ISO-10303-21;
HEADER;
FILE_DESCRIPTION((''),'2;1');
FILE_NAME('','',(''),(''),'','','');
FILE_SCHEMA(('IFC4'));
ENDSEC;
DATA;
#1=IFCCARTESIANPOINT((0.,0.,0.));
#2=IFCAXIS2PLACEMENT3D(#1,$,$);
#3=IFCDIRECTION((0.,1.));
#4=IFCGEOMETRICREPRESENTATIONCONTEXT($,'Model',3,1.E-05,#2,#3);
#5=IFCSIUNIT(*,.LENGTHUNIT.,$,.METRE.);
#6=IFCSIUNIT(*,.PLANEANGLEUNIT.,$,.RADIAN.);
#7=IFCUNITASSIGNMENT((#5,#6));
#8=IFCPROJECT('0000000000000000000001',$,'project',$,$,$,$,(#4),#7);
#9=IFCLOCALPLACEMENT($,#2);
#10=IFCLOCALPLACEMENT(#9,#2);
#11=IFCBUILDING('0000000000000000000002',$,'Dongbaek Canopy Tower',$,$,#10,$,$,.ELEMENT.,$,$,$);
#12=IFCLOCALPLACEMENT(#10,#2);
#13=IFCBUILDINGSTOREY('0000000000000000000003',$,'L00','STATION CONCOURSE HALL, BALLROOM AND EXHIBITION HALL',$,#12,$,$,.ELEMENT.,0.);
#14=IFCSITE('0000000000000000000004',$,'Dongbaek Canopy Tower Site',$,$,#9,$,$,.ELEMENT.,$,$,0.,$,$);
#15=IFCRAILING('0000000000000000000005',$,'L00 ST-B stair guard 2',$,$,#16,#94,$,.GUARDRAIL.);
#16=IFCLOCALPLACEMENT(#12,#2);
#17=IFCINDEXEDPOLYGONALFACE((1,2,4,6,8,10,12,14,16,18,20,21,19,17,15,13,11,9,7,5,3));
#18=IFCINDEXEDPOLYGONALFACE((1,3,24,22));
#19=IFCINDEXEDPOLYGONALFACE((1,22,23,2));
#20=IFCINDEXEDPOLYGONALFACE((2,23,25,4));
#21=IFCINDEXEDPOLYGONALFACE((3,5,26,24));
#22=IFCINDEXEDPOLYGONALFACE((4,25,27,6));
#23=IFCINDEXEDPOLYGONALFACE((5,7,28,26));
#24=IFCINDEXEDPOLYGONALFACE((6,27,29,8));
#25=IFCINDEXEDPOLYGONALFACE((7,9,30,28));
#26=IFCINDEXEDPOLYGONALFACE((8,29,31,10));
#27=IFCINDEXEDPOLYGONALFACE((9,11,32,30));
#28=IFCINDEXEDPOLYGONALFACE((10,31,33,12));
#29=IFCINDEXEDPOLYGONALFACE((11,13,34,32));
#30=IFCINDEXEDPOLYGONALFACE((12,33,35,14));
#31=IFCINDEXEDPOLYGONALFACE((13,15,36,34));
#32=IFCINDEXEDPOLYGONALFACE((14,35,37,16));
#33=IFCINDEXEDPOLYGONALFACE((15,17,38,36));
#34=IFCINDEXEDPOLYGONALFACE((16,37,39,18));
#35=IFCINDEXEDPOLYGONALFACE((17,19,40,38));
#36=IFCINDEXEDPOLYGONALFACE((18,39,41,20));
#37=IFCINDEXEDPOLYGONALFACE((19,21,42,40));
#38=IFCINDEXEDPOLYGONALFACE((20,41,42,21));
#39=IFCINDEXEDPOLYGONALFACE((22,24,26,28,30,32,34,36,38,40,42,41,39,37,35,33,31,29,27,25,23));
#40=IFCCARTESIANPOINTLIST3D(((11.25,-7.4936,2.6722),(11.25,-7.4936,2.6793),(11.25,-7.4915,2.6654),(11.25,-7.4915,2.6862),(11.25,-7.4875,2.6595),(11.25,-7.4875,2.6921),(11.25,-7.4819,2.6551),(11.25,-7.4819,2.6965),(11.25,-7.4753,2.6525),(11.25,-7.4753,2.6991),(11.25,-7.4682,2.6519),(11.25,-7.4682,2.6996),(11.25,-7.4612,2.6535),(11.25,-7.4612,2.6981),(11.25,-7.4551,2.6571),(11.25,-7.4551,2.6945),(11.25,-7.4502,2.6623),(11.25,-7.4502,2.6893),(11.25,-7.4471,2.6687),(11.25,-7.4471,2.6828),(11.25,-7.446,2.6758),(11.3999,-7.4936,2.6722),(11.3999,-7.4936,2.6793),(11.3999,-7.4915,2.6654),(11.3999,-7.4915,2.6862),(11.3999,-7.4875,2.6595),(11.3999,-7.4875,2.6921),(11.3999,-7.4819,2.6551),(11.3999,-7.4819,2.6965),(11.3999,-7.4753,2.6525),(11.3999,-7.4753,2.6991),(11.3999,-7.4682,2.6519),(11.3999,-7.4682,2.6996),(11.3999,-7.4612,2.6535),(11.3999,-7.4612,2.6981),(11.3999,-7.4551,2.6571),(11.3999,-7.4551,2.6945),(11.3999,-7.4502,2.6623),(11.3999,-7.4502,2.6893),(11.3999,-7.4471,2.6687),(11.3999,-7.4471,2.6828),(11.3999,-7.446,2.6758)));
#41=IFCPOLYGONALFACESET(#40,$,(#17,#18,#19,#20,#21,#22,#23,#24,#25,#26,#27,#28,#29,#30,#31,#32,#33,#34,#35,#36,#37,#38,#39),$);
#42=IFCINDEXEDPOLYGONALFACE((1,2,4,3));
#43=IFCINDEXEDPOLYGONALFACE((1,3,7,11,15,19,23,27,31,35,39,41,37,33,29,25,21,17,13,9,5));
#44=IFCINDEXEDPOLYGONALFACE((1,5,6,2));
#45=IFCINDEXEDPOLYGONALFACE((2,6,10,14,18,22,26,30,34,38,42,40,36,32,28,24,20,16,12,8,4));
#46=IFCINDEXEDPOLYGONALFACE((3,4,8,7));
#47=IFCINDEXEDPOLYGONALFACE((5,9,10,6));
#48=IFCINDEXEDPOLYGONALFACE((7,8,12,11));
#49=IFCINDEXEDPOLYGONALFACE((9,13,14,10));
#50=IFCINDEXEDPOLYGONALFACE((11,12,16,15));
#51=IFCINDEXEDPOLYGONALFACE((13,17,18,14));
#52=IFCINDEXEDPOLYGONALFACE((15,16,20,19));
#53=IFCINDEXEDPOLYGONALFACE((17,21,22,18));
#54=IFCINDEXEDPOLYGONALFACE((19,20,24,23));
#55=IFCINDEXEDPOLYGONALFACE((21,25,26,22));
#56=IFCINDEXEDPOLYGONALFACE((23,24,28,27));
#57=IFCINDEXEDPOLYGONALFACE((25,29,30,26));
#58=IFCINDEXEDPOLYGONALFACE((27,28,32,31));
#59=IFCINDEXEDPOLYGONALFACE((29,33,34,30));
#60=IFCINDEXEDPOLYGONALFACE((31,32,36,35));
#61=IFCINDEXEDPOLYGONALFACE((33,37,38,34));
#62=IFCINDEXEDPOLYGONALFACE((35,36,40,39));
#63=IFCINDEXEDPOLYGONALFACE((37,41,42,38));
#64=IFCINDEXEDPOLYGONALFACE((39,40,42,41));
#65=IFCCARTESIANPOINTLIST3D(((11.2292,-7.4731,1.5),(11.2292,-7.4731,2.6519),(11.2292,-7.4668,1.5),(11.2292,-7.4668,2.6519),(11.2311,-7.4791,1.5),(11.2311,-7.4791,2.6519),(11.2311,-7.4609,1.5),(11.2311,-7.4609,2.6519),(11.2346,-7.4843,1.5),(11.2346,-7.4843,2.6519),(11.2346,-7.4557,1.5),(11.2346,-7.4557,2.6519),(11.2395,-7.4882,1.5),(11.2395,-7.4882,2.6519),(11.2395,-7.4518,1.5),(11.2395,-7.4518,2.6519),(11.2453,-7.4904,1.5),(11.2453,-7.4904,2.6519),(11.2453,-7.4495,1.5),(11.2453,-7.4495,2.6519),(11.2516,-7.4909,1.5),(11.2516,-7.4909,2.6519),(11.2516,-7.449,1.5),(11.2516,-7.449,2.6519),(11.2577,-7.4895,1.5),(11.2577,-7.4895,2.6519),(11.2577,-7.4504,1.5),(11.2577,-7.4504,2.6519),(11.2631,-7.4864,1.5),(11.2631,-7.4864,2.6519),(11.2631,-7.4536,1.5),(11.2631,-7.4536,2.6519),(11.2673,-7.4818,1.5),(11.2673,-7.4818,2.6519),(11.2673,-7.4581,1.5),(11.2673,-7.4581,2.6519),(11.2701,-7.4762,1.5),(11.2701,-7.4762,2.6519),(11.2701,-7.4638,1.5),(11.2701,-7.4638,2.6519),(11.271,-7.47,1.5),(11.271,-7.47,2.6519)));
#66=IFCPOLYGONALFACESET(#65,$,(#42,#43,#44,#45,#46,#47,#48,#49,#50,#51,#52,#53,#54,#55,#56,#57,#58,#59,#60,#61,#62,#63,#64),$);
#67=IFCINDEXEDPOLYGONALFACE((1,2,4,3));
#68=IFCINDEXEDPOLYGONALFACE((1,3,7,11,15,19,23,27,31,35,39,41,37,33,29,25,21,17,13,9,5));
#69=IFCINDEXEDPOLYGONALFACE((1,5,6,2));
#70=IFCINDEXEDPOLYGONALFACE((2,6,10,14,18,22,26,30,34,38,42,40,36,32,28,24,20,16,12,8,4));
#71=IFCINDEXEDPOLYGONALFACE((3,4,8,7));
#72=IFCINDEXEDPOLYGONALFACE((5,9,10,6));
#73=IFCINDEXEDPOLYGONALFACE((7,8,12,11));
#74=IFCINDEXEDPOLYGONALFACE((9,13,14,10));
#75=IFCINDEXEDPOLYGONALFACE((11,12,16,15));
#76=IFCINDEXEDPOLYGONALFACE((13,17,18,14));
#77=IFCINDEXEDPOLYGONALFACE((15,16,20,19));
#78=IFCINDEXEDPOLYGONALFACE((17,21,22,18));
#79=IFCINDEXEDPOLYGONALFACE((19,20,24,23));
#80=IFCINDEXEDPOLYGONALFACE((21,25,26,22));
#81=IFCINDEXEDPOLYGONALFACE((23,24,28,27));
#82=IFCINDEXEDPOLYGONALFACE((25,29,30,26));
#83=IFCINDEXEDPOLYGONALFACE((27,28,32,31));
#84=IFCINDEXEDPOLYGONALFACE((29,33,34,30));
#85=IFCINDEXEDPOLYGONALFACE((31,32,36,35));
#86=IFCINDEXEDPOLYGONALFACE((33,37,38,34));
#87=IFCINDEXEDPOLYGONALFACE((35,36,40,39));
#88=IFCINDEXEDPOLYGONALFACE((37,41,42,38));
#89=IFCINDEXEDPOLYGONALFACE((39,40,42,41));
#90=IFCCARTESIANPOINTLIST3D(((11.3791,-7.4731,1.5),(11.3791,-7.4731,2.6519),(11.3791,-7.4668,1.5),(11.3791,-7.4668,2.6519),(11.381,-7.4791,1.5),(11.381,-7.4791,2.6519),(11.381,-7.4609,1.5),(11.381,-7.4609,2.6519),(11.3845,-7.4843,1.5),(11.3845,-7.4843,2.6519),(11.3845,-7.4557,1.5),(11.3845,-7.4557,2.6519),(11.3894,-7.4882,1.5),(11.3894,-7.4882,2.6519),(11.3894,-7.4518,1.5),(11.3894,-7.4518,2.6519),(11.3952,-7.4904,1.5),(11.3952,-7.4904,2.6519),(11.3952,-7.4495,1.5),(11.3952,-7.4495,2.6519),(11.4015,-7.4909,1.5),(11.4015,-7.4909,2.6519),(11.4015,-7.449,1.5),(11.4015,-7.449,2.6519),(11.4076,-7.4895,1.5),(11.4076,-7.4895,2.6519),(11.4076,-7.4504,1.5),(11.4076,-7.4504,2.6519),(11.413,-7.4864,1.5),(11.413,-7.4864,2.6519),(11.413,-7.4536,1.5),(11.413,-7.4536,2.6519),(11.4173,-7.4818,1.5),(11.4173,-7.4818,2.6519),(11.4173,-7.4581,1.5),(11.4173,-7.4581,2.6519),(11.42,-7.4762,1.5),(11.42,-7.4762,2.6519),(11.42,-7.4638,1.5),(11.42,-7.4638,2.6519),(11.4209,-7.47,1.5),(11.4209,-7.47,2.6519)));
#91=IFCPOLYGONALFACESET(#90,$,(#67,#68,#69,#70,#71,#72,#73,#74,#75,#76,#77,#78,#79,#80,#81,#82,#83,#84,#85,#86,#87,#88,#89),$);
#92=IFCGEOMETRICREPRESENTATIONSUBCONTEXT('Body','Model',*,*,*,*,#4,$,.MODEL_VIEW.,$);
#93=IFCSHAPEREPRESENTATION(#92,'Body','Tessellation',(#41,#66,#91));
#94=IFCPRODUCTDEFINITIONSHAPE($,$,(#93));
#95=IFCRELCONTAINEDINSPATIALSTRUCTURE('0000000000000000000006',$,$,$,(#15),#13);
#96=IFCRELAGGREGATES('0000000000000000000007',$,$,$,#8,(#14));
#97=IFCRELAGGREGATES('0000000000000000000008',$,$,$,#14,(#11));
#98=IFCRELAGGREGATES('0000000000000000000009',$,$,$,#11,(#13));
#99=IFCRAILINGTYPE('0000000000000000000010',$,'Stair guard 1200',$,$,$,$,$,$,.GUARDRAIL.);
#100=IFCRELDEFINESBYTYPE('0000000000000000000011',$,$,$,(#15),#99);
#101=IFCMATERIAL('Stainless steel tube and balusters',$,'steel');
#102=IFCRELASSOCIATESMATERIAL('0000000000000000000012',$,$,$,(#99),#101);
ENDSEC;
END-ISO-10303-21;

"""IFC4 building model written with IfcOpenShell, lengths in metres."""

from ifc_helpers import new_model, si_unit, direction, frame, origin, origin_2d, place, context, subcontext, project, spatial, circle, extrude, material, type_object, element, save


model = new_model("IFC4")

# Units and contexts
model_context = context("Model", 3, precision=1e-05, world=origin(), true_north=direction((0.0, 1.0)))
body_context = subcontext(model_context, "Body", "Model", "MODEL_VIEW")
ifc_project = project(units=[si_unit("LENGTHUNIT", "METRE"), si_unit("PLANEANGLEUNIT", "RADIAN")], contexts=[model_context])

# Site, building, storey
site_placement = place(None, origin())
site = spatial("IfcSite", under=ifc_project, at=site_placement, Name="Dongbaek Canopy Tower Site", CompositionType="ELEMENT", RefElevation=0.0)
building_placement = place(site_placement, origin())
building = spatial("IfcBuilding", under=site, at=building_placement, Name="Dongbaek Canopy Tower", CompositionType="ELEMENT")
storey_placement = place(building_placement, origin())
storey = spatial("IfcBuildingStorey", under=building, at=storey_placement, Name="L00", Description="STATION CONCOURSE HALL, BALLROOM AND EXHIBITION HALL", CompositionType="ELEMENT", Elevation=0.0)

# Railing
ifc_material_1 = material(Name="Stainless steel tube and balusters", Category="steel")
railing_type_1 = type_object("IfcRailingType", Name="Stair guard 1200", PredefinedType="GUARDRAIL", material=ifc_material_1)
railing_1_placement = place(storey_placement, frame((11.25, -7.47, 1.5)))
element("IfcRailing", 1, at=railing_1_placement, inside=storey, type_object=railing_type_1, Name="L00 ST-B stair guard 2", PredefinedType="GUARDRAIL", context=body_context, shape_type="SweptSolid", body=[
    extrude(circle(Radius=0.0239, at=origin_2d()), frame((0.0, 0.0, 1.1758), z_axis=(1.0, 0.0, 0.0), x_axis=(0.0, 1.0, 0.0)), (0.0, 0.0, 1.0), 0.1499),
    extrude(circle(Radius=0.021, at=origin_2d()), origin(), (0.0, 0.0, 1.0), 1.1519),
    extrude(circle(Radius=0.021, at=origin_2d()), frame((0.1499, 0.0, 0.0)), (0.0, 0.0, 1.0), 1.1519),
])

save(model, "model.ifc")
